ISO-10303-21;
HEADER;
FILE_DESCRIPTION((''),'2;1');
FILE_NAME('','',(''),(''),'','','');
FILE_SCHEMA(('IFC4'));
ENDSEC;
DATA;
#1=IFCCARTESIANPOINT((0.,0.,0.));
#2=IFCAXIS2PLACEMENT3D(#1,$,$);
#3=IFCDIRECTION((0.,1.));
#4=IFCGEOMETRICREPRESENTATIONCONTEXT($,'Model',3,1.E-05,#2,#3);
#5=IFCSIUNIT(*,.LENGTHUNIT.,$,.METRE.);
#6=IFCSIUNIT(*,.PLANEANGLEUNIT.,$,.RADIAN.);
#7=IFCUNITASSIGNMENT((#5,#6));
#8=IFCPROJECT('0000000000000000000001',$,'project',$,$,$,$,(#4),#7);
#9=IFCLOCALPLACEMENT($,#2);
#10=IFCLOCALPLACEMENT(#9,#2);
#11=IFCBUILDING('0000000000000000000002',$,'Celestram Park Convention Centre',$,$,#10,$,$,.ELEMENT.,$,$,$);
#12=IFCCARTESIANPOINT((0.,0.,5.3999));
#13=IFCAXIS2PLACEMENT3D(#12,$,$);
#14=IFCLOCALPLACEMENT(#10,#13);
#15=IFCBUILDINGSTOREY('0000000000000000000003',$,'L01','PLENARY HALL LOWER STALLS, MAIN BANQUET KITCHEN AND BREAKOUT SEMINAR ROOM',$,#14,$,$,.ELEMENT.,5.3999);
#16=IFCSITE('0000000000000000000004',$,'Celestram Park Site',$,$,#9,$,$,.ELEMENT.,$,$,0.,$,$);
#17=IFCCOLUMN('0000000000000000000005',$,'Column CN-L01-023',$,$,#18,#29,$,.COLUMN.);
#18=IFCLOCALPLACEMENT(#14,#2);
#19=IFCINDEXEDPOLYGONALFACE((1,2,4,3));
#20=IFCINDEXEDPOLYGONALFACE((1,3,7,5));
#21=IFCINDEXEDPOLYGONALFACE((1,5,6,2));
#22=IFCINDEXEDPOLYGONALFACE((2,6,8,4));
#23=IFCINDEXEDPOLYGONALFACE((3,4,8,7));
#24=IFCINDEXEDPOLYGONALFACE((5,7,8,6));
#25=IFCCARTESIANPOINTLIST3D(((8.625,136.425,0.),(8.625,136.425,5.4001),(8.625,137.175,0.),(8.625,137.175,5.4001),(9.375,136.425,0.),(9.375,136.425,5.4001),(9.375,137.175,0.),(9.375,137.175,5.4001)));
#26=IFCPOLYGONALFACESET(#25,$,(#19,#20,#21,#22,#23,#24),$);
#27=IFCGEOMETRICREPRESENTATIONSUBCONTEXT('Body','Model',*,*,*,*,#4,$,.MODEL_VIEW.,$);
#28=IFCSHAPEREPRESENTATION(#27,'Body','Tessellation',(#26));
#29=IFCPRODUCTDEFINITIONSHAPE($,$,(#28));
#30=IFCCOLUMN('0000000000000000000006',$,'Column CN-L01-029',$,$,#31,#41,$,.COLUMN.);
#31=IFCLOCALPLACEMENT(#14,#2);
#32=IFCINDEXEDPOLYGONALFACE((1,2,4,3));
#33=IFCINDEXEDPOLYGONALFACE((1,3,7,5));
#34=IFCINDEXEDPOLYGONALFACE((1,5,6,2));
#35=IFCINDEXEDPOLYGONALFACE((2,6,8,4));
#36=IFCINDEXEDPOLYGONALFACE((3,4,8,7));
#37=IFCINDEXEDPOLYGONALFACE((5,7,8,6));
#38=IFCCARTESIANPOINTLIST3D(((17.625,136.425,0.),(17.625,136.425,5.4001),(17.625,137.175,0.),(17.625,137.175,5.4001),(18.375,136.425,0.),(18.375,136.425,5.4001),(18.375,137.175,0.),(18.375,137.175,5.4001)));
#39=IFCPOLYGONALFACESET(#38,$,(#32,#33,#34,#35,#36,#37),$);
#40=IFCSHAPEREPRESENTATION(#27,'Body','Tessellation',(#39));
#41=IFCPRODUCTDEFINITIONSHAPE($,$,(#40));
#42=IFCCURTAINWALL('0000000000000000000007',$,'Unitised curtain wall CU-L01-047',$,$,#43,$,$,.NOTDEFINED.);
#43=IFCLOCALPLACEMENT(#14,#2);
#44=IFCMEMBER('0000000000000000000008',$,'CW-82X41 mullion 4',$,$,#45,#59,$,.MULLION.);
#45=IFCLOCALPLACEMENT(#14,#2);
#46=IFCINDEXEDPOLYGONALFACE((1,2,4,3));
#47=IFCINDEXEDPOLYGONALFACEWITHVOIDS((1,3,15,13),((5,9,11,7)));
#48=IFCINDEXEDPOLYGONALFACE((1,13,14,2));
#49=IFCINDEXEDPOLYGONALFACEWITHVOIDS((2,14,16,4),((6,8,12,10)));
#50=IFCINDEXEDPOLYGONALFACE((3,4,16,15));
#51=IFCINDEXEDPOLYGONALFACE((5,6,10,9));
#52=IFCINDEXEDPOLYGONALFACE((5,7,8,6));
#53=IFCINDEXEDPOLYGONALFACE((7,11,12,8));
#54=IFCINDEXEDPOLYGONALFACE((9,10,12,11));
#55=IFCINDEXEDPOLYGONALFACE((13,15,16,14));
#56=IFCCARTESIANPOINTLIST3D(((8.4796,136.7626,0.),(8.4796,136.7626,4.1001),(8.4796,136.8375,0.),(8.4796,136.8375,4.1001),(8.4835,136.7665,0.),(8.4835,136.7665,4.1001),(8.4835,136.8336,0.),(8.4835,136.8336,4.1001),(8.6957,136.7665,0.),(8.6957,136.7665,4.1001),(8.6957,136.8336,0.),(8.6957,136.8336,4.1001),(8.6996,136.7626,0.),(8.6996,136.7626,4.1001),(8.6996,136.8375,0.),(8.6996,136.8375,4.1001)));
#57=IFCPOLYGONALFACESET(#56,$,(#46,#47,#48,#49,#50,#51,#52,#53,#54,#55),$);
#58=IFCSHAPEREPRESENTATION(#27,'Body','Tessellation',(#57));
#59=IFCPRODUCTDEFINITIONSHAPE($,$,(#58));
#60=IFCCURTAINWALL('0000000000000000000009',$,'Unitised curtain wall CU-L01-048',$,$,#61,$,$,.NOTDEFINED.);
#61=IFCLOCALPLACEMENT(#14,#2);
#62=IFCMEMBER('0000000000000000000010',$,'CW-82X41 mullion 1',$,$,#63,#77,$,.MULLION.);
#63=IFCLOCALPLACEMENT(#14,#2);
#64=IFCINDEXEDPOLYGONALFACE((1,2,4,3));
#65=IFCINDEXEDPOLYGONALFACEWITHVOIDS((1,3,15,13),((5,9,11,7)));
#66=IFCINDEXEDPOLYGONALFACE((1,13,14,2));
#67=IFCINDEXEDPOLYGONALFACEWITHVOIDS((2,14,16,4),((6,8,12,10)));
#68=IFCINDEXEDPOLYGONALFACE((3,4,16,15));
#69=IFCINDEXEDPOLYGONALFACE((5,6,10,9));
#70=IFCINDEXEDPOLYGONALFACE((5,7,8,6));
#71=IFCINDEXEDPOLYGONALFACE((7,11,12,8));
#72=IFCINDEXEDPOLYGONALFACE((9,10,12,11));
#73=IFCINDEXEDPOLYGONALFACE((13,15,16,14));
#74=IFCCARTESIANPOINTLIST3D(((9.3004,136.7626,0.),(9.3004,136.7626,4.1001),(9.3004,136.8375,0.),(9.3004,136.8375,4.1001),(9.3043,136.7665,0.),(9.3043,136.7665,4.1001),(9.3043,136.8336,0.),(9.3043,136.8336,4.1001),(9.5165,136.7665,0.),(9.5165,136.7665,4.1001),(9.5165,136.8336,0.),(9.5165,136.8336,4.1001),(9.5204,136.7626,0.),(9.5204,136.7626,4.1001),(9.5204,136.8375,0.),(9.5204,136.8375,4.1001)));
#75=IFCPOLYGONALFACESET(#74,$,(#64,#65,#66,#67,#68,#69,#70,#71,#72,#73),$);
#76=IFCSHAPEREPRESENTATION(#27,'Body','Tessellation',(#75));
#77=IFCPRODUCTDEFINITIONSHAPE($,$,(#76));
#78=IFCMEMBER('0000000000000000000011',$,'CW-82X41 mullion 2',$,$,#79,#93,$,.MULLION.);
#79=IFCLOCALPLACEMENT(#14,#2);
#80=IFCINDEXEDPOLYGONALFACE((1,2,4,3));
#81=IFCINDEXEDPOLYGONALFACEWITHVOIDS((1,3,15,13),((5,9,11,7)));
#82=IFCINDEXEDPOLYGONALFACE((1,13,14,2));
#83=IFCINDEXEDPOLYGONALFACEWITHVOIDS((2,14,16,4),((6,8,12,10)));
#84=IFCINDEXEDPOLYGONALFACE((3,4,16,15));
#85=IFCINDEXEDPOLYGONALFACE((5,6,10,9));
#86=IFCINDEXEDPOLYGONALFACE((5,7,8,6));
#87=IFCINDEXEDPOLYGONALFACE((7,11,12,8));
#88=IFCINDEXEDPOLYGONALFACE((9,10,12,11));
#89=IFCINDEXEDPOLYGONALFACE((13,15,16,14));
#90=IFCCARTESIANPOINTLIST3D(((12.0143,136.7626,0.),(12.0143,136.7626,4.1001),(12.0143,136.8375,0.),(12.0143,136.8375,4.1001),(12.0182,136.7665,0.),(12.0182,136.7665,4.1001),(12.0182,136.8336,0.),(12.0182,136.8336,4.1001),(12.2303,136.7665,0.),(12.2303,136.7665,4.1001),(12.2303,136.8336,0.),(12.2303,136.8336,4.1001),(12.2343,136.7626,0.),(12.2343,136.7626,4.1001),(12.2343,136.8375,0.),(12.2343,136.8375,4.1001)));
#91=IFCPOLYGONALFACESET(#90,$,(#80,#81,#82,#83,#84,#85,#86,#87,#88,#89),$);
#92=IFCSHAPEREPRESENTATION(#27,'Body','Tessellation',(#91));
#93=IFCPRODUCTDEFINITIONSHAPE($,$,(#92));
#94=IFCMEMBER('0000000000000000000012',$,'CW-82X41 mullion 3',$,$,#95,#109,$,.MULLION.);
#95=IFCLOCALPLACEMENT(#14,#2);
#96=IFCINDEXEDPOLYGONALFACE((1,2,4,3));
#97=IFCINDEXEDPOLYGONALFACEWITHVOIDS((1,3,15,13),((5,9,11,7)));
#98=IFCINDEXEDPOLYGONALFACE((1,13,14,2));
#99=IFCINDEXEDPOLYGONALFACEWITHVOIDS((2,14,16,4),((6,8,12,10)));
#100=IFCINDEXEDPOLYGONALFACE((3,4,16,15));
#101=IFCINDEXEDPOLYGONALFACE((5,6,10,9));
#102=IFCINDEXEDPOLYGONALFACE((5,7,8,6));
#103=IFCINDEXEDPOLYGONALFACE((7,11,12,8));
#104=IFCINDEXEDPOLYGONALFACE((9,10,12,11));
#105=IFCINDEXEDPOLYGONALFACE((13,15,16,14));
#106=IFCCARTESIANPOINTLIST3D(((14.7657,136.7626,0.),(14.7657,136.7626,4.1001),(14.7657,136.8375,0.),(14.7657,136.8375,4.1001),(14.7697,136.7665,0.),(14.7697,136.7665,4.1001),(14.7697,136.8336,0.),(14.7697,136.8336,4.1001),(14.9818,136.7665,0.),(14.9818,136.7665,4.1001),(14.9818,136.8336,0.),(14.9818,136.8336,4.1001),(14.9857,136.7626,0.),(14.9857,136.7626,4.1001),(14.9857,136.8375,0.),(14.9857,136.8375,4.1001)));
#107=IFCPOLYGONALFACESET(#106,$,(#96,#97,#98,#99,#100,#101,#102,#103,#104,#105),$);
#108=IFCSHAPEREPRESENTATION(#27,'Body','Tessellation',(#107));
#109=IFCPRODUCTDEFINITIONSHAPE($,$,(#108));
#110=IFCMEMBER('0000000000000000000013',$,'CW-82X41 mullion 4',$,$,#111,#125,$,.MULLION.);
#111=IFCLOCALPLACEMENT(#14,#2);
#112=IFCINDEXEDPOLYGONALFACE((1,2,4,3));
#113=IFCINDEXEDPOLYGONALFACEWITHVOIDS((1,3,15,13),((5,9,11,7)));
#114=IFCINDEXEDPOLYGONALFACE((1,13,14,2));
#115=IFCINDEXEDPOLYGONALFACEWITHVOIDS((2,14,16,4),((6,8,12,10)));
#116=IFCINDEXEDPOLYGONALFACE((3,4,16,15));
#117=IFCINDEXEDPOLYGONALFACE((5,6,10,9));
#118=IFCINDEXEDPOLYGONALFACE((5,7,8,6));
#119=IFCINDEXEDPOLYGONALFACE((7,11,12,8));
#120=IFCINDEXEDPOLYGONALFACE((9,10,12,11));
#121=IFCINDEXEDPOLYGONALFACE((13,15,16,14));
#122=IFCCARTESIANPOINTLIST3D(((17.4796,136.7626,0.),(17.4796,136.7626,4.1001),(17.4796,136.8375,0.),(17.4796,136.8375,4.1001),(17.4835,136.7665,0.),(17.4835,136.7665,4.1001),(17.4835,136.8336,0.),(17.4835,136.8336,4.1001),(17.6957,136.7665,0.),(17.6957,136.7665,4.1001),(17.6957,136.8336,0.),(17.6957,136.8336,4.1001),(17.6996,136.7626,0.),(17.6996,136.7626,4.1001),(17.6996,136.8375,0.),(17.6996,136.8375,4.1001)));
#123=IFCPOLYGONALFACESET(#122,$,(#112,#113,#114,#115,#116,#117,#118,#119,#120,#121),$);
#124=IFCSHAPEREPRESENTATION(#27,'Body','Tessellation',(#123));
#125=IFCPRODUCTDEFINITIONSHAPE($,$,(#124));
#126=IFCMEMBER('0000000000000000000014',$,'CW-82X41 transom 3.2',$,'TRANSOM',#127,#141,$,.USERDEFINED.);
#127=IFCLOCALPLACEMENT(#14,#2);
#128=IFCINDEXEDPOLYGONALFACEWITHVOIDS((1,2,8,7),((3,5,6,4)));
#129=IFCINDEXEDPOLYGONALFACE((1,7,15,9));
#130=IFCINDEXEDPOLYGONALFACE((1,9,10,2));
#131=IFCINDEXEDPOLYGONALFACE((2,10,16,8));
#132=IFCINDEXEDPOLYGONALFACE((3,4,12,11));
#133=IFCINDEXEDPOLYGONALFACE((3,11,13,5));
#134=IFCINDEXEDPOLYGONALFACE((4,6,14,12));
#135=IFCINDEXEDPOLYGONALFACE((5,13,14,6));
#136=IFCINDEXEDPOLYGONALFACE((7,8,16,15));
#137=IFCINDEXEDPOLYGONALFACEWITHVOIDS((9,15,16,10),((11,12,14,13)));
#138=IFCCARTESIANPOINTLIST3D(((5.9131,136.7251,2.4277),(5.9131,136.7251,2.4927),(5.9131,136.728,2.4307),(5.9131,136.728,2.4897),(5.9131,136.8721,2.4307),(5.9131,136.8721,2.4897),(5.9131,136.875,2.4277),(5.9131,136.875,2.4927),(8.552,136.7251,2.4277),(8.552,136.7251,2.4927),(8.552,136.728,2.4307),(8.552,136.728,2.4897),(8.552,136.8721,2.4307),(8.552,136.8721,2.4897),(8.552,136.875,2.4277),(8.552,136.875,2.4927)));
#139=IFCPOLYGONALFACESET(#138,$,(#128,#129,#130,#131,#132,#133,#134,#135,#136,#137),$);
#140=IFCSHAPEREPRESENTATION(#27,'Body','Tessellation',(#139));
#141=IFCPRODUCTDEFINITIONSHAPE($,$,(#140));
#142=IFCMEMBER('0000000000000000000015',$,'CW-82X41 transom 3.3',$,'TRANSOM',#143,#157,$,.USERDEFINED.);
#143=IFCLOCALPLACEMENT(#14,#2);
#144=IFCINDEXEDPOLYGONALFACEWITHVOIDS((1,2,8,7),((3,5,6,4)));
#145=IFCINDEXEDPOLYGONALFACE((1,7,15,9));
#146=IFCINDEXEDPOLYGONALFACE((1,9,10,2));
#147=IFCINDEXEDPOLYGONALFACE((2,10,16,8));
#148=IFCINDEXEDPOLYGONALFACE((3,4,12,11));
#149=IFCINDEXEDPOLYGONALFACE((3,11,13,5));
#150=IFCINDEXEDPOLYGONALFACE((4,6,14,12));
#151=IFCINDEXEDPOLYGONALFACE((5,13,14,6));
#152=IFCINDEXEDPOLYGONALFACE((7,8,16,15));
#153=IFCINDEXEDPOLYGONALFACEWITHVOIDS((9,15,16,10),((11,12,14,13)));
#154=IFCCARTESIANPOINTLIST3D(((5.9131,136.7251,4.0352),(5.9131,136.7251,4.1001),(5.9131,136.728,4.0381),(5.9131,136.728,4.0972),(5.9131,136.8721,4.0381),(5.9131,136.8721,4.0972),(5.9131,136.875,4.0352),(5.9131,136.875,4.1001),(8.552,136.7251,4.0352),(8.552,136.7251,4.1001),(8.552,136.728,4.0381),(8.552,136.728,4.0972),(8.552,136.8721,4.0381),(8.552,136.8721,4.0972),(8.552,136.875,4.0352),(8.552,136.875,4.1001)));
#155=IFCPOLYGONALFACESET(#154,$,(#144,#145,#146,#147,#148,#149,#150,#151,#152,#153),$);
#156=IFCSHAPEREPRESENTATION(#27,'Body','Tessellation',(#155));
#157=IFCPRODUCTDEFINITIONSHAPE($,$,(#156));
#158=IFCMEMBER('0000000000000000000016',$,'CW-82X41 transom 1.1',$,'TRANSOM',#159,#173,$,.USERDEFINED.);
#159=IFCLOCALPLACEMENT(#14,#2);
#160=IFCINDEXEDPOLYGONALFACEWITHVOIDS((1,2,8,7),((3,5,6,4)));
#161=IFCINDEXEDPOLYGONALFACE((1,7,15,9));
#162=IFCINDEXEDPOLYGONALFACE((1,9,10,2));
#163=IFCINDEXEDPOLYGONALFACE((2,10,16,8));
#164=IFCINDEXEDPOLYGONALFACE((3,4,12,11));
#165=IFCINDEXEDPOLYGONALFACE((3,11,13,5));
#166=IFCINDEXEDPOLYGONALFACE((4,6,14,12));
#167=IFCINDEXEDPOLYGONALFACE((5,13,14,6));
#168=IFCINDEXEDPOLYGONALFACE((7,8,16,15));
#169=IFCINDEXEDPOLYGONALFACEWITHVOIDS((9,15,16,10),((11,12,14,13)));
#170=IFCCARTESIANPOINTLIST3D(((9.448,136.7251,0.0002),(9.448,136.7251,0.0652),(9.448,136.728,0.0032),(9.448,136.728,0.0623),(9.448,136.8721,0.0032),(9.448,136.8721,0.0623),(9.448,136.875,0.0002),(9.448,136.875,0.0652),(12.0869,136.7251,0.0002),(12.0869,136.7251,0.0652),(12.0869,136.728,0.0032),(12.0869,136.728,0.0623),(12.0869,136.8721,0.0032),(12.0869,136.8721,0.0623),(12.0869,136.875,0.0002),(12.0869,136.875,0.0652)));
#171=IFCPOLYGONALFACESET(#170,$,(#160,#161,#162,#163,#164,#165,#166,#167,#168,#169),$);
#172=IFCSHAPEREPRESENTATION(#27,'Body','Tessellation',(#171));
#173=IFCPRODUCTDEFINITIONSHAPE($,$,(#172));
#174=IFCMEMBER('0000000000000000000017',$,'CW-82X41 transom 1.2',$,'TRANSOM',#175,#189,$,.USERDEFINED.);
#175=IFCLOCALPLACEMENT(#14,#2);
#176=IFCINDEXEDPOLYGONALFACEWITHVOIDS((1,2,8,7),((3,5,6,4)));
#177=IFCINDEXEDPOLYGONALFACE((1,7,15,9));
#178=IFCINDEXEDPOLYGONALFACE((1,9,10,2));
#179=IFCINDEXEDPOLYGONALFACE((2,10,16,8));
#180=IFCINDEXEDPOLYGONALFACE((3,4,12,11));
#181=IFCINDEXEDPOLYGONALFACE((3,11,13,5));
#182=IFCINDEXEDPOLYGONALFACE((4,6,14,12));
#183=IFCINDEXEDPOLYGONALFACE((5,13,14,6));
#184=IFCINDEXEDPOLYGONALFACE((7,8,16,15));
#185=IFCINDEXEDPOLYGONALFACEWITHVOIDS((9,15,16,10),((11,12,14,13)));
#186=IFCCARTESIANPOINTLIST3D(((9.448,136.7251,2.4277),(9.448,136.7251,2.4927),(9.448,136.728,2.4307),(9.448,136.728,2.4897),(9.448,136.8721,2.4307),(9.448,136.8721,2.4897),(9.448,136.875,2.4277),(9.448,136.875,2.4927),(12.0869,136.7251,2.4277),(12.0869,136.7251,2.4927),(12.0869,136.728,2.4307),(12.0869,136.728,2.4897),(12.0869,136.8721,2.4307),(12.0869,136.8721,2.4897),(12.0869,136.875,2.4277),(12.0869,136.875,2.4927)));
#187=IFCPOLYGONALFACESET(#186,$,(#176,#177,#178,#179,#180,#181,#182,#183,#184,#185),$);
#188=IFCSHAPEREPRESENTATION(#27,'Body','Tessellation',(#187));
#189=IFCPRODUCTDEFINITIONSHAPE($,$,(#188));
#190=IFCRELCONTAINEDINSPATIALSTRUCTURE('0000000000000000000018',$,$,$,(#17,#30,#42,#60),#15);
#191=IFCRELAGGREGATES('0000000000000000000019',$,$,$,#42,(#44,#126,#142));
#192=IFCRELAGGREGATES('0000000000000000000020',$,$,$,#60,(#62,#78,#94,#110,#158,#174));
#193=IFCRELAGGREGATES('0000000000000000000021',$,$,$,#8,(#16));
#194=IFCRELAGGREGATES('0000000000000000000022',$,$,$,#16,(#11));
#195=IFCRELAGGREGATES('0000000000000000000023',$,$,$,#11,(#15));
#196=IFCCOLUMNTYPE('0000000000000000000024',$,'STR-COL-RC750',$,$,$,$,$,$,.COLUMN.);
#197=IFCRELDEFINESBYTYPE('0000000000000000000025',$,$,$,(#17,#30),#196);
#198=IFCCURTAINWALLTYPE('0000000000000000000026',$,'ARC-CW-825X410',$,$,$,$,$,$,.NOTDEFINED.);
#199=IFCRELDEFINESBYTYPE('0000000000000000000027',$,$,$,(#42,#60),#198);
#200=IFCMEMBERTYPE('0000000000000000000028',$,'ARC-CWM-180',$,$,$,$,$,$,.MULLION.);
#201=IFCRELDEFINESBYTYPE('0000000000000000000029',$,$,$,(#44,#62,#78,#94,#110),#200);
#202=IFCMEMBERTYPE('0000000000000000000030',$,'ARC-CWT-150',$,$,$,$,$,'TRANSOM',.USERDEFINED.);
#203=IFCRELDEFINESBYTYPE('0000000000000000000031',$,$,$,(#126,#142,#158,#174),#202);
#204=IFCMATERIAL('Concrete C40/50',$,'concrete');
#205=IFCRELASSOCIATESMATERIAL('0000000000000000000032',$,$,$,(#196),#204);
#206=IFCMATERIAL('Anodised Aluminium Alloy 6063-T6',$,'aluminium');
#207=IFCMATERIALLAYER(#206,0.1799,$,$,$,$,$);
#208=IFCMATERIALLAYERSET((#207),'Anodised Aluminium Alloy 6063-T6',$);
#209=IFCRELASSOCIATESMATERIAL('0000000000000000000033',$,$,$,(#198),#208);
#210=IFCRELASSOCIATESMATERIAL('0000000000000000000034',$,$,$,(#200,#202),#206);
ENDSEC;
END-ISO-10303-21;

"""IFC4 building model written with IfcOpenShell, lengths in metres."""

from ifc_helpers import new_model, si_unit, direction, frame, origin, origin_2d, place, context, subcontext, project, spatial, rectangle, hollow_rectangle, extrude, material, layer, layer_set, material_profile, profile_set, type_object, element, aggregate, save


model = new_model("IFC4")

# Units and contexts
model_context = context("Model", 3, precision=1e-05, world=origin(), true_north=direction((0.0, 1.0)))
body_context = subcontext(model_context, "Body", "Model", "MODEL_VIEW")
ifc_project = project(units=[si_unit("LENGTHUNIT", "METRE"), si_unit("PLANEANGLEUNIT", "RADIAN")], contexts=[model_context])

# Site, building, storey
site_placement = place(None, origin())
site = spatial("IfcSite", under=ifc_project, at=site_placement, Name="Celestram Park Site", CompositionType="ELEMENT", RefElevation=0.0)
building_placement = place(site_placement, origin())
building = spatial("IfcBuilding", under=site, at=building_placement, Name="Celestram Park Convention Centre", CompositionType="ELEMENT")
storey_placement = place(building_placement, frame((0.0, 0.0, 5.3999)))
storey = spatial("IfcBuildingStorey", under=building, at=storey_placement, Name="L01", Description="PLENARY HALL LOWER STALLS, MAIN BANQUET KITCHEN AND BREAKOUT SEMINAR ROOM", CompositionType="ELEMENT", Elevation=5.3999)

# Columns
ifc_material_1 = material(Name="Concrete C40/50", Category="concrete")
ifc_material_profile_1 = material_profile(ifc_material_1, rectangle(XDim=0.75, YDim=0.75, at=origin_2d()), Name="RC750X750")
ifc_profile_set_1 = profile_set([ifc_material_profile_1], Name="Concrete C40/50")
column_type = type_object("IfcColumnType", Name="STR-COL-RC750", PredefinedType="COLUMN", material=ifc_profile_set_1)
for number, where, z_axis, x_axis, name in (
    (1, (9.0, 136.8, 0.0), (0.0, 0.0, 1.0), (1.0, 0.0, 0.0), "Column CN-L01-023"),
    (2, (18.0, 136.8, 0.0), (0.0, 0.0, 1.0), (1.0, 0.0, 0.0), "Column CN-L01-029"),
):
    element("IfcColumn", number, at=place(storey_placement, frame(where, z_axis=z_axis, x_axis=x_axis)), inside=storey, type_object=column_type, Name=name, PredefinedType="COLUMN", context=body_context, shape_type="SweptSolid", body=[
        extrude(rectangle(XDim=0.75, YDim=0.75, at=origin_2d()), origin(), (0.0, 0.0, 1.0), 5.4001),
    ])

# Curtain wall, member
ifc_material_2 = material(Name="Anodised Aluminium Alloy 6063-T6", Category="aluminium")
ifc_layer_1 = layer(ifc_material_2, 0.1799)
ifc_layer_set_1 = layer_set([ifc_layer_1], Name="Anodised Aluminium Alloy 6063-T6")
curtain_wall_type = type_object("IfcCurtainWallType", Name="ARC-CW-825X410", PredefinedType="NOTDEFINED", material=ifc_layer_set_1)
curtain_wall_1_placement = place(storey_placement, origin())
curtain_wall_1 = element("IfcCurtainWall", 3, at=curtain_wall_1_placement, inside=storey, type_object=curtain_wall_type, Name="Unitised curtain wall CU-L01-047", PredefinedType="NOTDEFINED")
ifc_material_profile_2 = material_profile(ifc_material_2, hollow_rectangle(XDim=0.075, YDim=0.22, WallThickness=0.0039, at=origin_2d()), Name="ALU75X220X4")
ifc_profile_set_2 = profile_set([ifc_material_profile_2], Name="Anodised Aluminium Alloy 6063-T6")
member_type_1 = type_object("IfcMemberType", Name="ARC-CWM-180", PredefinedType="MULLION", material=ifc_profile_set_2)
member_1_placement = place(storey_placement, frame((8.5896, 136.8, 0.0), z_axis=(0.0, 0.0, 1.0), x_axis=(0.0, 1.0, 0.0)))
member_1 = element("IfcMember", 4, at=member_1_placement, type_object=member_type_1, Name="CW-82X41 mullion 4", PredefinedType="MULLION", context=body_context, shape_type="SweptSolid", body=[
    extrude(hollow_rectangle(XDim=0.075, YDim=0.22, WallThickness=0.0039, at=origin_2d()), origin(), (0.0, 0.0, 1.0), 4.1001),
])

# Curtain wall, members
curtain_wall_2_placement = place(storey_placement, origin())
curtain_wall_2 = element("IfcCurtainWall", 5, at=curtain_wall_2_placement, inside=storey, type_object=curtain_wall_type, Name="Unitised curtain wall CU-L01-048", PredefinedType="NOTDEFINED")
member_2_placement = place(storey_placement, frame((9.4104, 136.8, 0.0), z_axis=(0.0, 0.0, 1.0), x_axis=(0.0, 1.0, 0.0)))
member_2 = element("IfcMember", 6, at=member_2_placement, type_object=member_type_1, Name="CW-82X41 mullion 1", PredefinedType="MULLION", context=body_context, shape_type="SweptSolid", body=[
    extrude(hollow_rectangle(XDim=0.075, YDim=0.22, WallThickness=0.0039, at=origin_2d()), origin(), (0.0, 0.0, 1.0), 4.1001),
])
member_3_placement = place(storey_placement, frame((12.1243, 136.8, 0.0), z_axis=(0.0, 0.0, 1.0), x_axis=(0.0, 1.0, 0.0)))
member_3 = element("IfcMember", 7, at=member_3_placement, type_object=member_type_1, Name="CW-82X41 mullion 2", PredefinedType="MULLION", context=body_context, shape_type="SweptSolid", body=[
    extrude(hollow_rectangle(XDim=0.075, YDim=0.22, WallThickness=0.0039, at=origin_2d()), origin(), (0.0, 0.0, 1.0), 4.1001),
])
member_4_placement = place(storey_placement, frame((14.8757, 136.8, 0.0), z_axis=(0.0, 0.0, 1.0), x_axis=(0.0, 1.0, 0.0)))
member_4 = element("IfcMember", 8, at=member_4_placement, type_object=member_type_1, Name="CW-82X41 mullion 3", PredefinedType="MULLION", context=body_context, shape_type="SweptSolid", body=[
    extrude(hollow_rectangle(XDim=0.075, YDim=0.22, WallThickness=0.0039, at=origin_2d()), origin(), (0.0, 0.0, 1.0), 4.1001),
])
member_5_placement = place(storey_placement, frame((17.5896, 136.8, 0.0), z_axis=(0.0, 0.0, 1.0), x_axis=(0.0, 1.0, 0.0)))
member_5 = element("IfcMember", 9, at=member_5_placement, type_object=member_type_1, Name="CW-82X41 mullion 4", PredefinedType="MULLION", context=body_context, shape_type="SweptSolid", body=[
    extrude(hollow_rectangle(XDim=0.075, YDim=0.22, WallThickness=0.0039, at=origin_2d()), origin(), (0.0, 0.0, 1.0), 4.1001),
])

# Members
ifc_material_profile_3 = material_profile(ifc_material_2, hollow_rectangle(XDim=0.1499, YDim=0.0649, WallThickness=0.0029, at=origin_2d()), Name="ALU150X65X3")
ifc_profile_set_3 = profile_set([ifc_material_profile_3], Name="Anodised Aluminium Alloy 6063-T6")
member_type_2 = type_object("IfcMemberType", Name="ARC-CWT-150", ElementType="TRANSOM", PredefinedType="USERDEFINED", material=ifc_profile_set_3)
member_6_placement = place(storey_placement, frame((5.9131, 136.8, 2.4602), z_axis=(1.0, 0.0, 0.0), x_axis=(0.0, 1.0, 0.0)))
member_6 = element("IfcMember", 10, at=member_6_placement, type_object=member_type_2, Name="CW-82X41 transom 3.2", ObjectType="TRANSOM", PredefinedType="USERDEFINED", context=body_context, shape_type="SweptSolid", body=[
    extrude(hollow_rectangle(XDim=0.1499, YDim=0.0649, WallThickness=0.0029, at=origin_2d()), origin(), (0.0, 0.0, 1.0), 2.6389),
])
member_7_placement = place(storey_placement, frame((5.9131, 136.8, 4.0676), z_axis=(1.0, 0.0, 0.0), x_axis=(0.0, 1.0, 0.0)))
member_7 = element("IfcMember", 11, at=member_7_placement, type_object=member_type_2, Name="CW-82X41 transom 3.3", ObjectType="TRANSOM", PredefinedType="USERDEFINED", context=body_context, shape_type="SweptSolid", body=[
    extrude(hollow_rectangle(XDim=0.1499, YDim=0.0649, WallThickness=0.0029, at=origin_2d()), origin(), (0.0, 0.0, 1.0), 2.6389),
])
member_8_placement = place(storey_placement, frame((9.448, 136.8, 0.0327), z_axis=(1.0, 0.0, 0.0), x_axis=(0.0, 1.0, 0.0)))
member_8 = element("IfcMember", 12, at=member_8_placement, type_object=member_type_2, Name="CW-82X41 transom 1.1", ObjectType="TRANSOM", PredefinedType="USERDEFINED", context=body_context, shape_type="SweptSolid", body=[
    extrude(hollow_rectangle(XDim=0.1499, YDim=0.0649, WallThickness=0.0029, at=origin_2d()), origin(), (0.0, 0.0, 1.0), 2.6389),
])
member_9_placement = place(storey_placement, frame((9.448, 136.8, 2.4602), z_axis=(1.0, 0.0, 0.0), x_axis=(0.0, 1.0, 0.0)))
member_9 = element("IfcMember", 13, at=member_9_placement, type_object=member_type_2, Name="CW-82X41 transom 1.2", ObjectType="TRANSOM", PredefinedType="USERDEFINED", context=body_context, shape_type="SweptSolid", body=[
    extrude(hollow_rectangle(XDim=0.1499, YDim=0.0649, WallThickness=0.0029, at=origin_2d()), origin(), (0.0, 0.0, 1.0), 2.6389),
])

aggregate(curtain_wall_1, [member_1, member_6, member_7])
aggregate(curtain_wall_2, [member_2, member_3, member_4, member_5, member_8, member_9])

save(model, "model.ifc")
